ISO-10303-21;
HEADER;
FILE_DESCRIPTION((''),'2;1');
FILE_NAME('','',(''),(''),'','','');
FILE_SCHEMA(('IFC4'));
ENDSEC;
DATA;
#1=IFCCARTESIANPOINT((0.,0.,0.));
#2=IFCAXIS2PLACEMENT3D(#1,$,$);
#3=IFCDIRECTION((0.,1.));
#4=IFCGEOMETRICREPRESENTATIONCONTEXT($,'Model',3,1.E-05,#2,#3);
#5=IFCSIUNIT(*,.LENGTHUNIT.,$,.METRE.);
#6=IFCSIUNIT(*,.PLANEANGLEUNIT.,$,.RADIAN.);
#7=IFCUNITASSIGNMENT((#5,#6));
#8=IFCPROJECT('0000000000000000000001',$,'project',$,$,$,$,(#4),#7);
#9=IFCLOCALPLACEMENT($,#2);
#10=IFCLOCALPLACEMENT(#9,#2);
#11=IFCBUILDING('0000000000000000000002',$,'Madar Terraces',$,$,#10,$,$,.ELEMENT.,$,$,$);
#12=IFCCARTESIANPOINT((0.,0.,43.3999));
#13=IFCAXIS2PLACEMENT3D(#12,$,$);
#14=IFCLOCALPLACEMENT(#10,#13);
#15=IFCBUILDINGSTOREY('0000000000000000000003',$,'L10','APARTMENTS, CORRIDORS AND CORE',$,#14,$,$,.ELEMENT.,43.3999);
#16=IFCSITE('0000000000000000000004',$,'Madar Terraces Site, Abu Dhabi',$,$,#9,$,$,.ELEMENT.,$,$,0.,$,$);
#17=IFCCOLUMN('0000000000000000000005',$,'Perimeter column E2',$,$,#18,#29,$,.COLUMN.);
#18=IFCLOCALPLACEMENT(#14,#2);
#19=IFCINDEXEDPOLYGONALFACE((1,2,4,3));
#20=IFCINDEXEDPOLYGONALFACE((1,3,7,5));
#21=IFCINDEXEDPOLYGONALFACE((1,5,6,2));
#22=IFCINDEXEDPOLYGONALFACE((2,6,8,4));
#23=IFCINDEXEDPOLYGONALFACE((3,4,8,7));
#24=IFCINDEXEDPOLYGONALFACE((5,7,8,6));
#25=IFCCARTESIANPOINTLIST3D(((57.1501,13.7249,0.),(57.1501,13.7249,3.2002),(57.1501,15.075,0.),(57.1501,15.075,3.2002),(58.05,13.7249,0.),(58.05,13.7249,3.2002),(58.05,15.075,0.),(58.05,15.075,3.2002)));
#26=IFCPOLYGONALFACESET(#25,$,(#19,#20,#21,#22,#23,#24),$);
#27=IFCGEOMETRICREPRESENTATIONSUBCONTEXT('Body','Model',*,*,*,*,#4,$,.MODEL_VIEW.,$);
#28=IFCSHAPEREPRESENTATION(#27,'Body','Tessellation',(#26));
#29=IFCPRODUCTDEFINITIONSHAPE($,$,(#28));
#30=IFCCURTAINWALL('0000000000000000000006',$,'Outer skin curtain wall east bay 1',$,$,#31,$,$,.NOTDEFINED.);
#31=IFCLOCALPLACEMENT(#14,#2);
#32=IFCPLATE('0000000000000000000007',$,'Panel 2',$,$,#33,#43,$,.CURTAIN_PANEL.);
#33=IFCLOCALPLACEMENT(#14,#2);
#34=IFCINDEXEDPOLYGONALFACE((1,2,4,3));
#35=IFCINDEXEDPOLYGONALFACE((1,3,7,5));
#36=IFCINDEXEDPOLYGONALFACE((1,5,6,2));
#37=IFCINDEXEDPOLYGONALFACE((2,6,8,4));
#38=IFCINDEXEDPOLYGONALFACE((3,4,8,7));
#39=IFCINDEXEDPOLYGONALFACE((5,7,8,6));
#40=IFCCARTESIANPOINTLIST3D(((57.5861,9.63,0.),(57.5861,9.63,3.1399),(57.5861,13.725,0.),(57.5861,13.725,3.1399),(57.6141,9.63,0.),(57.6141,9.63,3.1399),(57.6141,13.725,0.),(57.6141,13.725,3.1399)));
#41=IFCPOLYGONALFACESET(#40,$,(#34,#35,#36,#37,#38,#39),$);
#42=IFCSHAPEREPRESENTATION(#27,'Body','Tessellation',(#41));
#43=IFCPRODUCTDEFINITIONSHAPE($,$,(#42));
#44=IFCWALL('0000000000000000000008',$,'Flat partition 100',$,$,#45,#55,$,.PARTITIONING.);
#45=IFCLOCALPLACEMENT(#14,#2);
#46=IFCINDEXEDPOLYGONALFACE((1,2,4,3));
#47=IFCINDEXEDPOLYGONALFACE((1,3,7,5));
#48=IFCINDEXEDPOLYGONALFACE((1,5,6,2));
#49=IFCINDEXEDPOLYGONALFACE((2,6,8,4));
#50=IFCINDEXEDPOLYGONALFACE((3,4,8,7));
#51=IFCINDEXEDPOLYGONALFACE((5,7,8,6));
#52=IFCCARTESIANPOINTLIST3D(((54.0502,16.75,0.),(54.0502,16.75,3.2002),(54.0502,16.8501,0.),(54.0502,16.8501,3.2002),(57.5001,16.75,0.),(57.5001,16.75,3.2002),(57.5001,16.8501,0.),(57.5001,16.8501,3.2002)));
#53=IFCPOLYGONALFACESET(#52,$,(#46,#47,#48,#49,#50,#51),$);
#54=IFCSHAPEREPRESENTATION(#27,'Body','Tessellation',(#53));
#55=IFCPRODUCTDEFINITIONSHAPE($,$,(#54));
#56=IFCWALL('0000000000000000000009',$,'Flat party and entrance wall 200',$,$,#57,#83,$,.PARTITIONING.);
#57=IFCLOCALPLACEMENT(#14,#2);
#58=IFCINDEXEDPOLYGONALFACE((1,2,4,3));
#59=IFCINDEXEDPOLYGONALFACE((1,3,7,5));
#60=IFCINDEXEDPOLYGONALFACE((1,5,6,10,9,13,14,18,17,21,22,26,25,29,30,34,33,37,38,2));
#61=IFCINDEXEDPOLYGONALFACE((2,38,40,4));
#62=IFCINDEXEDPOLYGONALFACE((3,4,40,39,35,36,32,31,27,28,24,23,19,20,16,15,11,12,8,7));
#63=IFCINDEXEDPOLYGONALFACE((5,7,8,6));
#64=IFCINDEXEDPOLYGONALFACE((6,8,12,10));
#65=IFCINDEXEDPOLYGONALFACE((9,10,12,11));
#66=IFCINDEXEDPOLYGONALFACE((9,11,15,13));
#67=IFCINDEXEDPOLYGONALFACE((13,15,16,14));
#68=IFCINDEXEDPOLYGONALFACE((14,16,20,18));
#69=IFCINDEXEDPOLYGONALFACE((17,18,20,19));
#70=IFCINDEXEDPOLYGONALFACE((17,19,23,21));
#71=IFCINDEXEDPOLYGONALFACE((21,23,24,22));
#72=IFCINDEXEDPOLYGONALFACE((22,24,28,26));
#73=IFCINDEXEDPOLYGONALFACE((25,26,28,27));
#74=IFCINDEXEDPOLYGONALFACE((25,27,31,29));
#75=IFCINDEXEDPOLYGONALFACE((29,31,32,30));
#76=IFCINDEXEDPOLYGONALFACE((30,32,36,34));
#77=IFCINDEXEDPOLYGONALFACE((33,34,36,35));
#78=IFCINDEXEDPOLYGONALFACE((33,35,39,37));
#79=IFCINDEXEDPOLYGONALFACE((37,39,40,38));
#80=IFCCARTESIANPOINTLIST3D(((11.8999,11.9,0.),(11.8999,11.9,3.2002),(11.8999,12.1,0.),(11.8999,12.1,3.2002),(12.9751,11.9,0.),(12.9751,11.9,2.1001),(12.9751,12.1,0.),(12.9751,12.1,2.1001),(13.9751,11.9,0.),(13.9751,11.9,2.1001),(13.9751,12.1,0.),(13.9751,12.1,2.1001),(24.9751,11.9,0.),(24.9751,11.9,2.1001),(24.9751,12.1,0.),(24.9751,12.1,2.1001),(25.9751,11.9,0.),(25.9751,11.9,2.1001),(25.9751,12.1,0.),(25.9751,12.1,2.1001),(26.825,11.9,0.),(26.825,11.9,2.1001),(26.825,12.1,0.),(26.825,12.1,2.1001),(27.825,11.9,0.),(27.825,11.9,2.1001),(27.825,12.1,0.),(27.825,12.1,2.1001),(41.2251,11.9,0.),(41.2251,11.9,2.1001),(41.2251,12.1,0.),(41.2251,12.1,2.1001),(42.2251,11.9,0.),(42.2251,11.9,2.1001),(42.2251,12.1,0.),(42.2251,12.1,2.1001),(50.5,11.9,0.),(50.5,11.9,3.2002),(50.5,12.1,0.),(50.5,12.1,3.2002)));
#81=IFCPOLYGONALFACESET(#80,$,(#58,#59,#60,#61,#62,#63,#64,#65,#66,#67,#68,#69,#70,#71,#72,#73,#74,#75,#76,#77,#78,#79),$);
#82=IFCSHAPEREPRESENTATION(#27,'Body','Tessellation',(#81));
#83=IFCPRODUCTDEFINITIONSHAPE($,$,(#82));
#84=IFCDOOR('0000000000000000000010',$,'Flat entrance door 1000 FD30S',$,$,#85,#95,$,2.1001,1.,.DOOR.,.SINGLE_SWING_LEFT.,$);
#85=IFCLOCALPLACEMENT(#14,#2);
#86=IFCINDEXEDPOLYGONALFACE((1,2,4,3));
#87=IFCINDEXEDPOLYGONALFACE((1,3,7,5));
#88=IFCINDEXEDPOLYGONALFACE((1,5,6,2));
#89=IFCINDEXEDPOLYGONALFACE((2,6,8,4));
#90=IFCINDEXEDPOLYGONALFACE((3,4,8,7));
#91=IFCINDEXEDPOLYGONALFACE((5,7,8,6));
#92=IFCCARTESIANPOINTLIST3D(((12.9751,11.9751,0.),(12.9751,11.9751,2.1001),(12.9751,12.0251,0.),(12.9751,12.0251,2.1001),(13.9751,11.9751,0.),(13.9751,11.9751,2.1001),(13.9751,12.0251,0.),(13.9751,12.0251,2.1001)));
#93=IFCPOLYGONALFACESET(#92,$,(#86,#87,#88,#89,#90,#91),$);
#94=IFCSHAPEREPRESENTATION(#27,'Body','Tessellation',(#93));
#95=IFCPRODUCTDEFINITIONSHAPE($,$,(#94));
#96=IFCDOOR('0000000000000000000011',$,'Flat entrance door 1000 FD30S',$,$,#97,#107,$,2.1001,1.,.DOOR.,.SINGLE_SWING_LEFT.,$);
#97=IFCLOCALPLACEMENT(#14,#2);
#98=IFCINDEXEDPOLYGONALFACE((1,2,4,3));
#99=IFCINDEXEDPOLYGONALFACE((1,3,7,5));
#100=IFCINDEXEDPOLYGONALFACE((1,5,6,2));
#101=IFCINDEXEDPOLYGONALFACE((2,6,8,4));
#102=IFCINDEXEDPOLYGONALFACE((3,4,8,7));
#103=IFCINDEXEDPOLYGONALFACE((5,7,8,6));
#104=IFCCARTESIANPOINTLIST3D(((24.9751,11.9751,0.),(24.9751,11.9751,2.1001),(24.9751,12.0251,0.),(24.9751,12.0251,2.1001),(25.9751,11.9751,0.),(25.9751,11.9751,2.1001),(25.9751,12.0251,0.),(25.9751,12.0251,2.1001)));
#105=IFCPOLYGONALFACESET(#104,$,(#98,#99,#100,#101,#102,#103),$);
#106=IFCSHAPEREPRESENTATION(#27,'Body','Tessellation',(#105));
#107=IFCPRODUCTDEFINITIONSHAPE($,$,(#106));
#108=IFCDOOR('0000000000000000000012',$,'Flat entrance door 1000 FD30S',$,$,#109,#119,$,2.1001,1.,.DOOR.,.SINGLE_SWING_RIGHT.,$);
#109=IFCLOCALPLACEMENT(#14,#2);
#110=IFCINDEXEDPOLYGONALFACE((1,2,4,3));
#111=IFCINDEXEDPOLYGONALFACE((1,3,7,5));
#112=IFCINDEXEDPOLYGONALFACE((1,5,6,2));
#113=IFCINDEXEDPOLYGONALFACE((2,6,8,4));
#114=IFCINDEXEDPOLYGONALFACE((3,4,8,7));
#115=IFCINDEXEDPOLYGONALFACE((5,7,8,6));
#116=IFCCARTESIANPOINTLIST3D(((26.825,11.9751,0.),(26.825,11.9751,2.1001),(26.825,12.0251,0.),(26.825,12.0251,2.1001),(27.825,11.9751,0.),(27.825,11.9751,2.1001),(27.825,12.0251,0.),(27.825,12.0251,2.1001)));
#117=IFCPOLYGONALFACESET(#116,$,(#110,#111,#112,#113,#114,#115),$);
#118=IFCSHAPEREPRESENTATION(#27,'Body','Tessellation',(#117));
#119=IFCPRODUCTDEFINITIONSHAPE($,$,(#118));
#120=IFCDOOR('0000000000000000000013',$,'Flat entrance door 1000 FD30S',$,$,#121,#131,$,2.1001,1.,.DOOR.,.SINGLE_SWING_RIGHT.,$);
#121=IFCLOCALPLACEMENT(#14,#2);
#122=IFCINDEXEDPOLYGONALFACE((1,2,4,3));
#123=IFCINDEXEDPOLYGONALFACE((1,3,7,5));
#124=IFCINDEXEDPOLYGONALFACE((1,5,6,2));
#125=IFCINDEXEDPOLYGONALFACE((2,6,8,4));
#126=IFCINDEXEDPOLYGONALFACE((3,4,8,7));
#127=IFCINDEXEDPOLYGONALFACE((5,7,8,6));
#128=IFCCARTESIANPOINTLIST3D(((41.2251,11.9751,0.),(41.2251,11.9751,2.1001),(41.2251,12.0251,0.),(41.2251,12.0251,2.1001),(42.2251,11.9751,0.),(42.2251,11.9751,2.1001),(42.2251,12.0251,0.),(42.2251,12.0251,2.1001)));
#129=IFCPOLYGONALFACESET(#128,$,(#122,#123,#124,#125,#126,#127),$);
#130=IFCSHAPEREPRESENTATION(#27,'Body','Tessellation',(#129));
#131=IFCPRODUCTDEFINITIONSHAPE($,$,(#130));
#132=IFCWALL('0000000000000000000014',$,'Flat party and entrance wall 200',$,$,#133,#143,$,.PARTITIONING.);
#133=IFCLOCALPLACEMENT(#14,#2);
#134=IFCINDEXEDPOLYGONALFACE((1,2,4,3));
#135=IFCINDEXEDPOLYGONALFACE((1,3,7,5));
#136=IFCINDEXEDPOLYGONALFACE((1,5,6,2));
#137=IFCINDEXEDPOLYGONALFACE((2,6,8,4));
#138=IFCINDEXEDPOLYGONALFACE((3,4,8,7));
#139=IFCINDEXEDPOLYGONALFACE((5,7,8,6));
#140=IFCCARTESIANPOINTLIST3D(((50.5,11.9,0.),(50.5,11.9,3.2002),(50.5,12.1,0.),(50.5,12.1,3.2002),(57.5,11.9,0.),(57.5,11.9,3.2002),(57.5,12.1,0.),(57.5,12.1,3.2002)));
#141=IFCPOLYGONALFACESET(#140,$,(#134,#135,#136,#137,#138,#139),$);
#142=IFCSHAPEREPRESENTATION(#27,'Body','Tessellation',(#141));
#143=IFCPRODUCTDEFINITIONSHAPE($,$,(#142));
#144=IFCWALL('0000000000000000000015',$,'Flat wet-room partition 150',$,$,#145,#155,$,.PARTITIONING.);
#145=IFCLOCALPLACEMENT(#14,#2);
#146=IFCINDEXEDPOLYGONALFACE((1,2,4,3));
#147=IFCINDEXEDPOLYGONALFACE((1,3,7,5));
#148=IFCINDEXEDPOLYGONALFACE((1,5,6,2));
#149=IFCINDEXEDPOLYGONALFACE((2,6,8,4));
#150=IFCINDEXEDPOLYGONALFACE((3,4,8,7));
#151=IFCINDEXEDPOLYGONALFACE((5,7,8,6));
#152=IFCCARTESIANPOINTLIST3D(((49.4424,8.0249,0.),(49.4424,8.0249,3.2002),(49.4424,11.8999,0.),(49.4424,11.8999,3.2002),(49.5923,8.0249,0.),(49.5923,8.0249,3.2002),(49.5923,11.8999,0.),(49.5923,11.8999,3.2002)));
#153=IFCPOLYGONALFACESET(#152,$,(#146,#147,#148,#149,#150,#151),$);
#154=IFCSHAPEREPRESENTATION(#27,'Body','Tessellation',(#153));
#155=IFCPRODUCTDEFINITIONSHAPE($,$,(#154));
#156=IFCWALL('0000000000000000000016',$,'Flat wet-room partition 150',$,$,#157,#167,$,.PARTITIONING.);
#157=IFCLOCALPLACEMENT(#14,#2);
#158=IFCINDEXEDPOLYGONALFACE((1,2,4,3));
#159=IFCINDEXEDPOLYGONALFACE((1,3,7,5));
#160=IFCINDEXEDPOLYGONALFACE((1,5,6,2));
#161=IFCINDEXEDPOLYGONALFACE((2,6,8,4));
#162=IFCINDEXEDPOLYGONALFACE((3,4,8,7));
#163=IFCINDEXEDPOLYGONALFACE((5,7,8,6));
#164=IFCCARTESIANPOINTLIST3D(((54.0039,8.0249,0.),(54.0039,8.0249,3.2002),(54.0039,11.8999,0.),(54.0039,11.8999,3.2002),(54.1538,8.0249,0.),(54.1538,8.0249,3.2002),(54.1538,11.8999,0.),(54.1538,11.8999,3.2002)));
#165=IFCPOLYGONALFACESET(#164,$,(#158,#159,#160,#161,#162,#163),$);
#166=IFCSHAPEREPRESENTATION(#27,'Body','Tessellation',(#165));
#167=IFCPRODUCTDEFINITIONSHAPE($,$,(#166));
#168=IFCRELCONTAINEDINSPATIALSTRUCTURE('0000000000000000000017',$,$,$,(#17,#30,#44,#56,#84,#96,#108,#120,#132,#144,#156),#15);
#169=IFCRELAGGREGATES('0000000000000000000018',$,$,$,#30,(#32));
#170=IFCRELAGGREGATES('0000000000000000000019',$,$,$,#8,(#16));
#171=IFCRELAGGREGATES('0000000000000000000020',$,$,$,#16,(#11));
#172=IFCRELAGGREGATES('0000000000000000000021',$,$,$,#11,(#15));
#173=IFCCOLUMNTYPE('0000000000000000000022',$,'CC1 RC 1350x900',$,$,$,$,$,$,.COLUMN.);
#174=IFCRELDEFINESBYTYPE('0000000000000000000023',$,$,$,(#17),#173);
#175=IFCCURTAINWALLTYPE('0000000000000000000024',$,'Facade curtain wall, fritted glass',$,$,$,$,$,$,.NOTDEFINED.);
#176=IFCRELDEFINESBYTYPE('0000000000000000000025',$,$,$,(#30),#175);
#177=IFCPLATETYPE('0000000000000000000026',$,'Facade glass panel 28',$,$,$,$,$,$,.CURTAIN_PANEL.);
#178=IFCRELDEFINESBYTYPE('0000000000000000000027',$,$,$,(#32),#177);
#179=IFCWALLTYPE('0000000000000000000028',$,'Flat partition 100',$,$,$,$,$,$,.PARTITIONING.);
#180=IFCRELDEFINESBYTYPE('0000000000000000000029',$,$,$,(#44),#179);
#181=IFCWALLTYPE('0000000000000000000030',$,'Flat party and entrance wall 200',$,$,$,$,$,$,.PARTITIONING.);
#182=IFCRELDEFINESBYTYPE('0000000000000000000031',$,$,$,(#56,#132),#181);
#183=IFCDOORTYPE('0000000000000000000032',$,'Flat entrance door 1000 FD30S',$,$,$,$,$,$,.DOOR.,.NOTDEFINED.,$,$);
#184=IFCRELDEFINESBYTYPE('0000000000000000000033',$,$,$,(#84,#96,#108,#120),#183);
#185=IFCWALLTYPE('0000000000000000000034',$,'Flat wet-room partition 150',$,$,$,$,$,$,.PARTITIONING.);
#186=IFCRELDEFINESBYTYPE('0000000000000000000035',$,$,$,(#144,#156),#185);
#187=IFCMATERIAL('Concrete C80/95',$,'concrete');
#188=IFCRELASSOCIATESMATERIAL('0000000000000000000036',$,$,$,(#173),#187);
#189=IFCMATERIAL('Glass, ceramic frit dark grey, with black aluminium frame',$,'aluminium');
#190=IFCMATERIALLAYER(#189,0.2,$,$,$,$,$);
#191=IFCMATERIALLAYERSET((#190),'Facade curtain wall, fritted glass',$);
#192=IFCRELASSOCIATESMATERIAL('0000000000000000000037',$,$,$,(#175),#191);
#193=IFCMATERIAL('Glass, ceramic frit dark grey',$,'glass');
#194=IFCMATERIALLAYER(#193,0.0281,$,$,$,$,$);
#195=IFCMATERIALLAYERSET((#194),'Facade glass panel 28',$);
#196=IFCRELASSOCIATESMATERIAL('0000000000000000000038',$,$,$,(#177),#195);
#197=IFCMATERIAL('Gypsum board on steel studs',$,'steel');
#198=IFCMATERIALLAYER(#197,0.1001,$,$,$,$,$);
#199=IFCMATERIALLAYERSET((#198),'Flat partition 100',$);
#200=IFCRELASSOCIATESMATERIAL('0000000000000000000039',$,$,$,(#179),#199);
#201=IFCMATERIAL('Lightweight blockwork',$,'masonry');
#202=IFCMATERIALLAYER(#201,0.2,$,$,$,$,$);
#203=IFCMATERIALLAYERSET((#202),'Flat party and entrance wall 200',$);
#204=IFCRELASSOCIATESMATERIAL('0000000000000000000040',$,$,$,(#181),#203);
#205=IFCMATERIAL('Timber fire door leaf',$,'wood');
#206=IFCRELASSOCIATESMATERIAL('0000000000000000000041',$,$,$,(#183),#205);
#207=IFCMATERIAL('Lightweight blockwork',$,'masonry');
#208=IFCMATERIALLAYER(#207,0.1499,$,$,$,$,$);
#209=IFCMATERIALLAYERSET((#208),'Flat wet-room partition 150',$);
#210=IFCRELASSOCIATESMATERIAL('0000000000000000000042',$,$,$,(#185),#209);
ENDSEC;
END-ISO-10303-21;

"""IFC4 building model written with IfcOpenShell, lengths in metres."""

from ifc_helpers import new_model, si_unit, direction, frame, frame_2d, origin, origin_2d, place, context, subcontext, project, spatial, rectangle, extrude, material, layer, layer_set, material_profile, profile_set, type_object, element, fill, aggregate, save


model = new_model("IFC4")

# Units and contexts
model_context = context("Model", 3, precision=1e-05, world=origin(), true_north=direction((0.0, 1.0)))
body_context = subcontext(model_context, "Body", "Model", "MODEL_VIEW")
ifc_project = project(units=[si_unit("LENGTHUNIT", "METRE"), si_unit("PLANEANGLEUNIT", "RADIAN")], contexts=[model_context])

# Site, building, storey
site_placement = place(None, origin())
site = spatial("IfcSite", under=ifc_project, at=site_placement, Name="Madar Terraces Site, Abu Dhabi", CompositionType="ELEMENT", RefElevation=0.0)
building_placement = place(site_placement, origin())
building = spatial("IfcBuilding", under=site, at=building_placement, Name="Madar Terraces", CompositionType="ELEMENT")
storey_placement = place(building_placement, frame((0.0, 0.0, 43.3999)))
storey = spatial("IfcBuildingStorey", under=building, at=storey_placement, Name="L10", Description="APARTMENTS, CORRIDORS AND CORE", CompositionType="ELEMENT", Elevation=43.3999)

# Column
ifc_material_1 = material(Name="Concrete C80/95", Category="concrete")
ifc_material_profile = material_profile(ifc_material_1, rectangle(XDim=1.3501, YDim=0.8999, at=origin_2d()), Name="CC1 RC 1350x900")
ifc_profile_set = profile_set([ifc_material_profile], Name="Concrete C80/95")
column_type = type_object("IfcColumnType", Name="CC1 RC 1350x900", PredefinedType="COLUMN", material=ifc_profile_set)
column_placement = place(storey_placement, frame((57.6001, 14.3999, 0.0), z_axis=(0.0, 0.0, 1.0), x_axis=(0.0, 1.0, 0.0)))
element("IfcColumn", 1, at=column_placement, inside=storey, type_object=column_type, Name="Perimeter column E2", PredefinedType="COLUMN", context=body_context, shape_type="SweptSolid", body=[
    extrude(rectangle(XDim=1.3501, YDim=0.8999, at=origin_2d()), origin(), (0.0, 0.0, 1.0), 3.2002),
])

# Curtain wall, plate
ifc_material_2 = material(Name="Glass, ceramic frit dark grey, with black aluminium frame", Category="aluminium")
ifc_layer_1 = layer(ifc_material_2, 0.2)
ifc_layer_set_1 = layer_set([ifc_layer_1], Name="Facade curtain wall, fritted glass")
curtain_wall_type = type_object("IfcCurtainWallType", Name="Facade curtain wall, fritted glass", PredefinedType="NOTDEFINED", material=ifc_layer_set_1)
curtain_wall_placement = place(storey_placement, origin())
curtain_wall = element("IfcCurtainWall", 2, at=curtain_wall_placement, inside=storey, type_object=curtain_wall_type, Name="Outer skin curtain wall east bay 1", PredefinedType="NOTDEFINED")
ifc_material_3 = material(Name="Glass, ceramic frit dark grey", Category="glass")
ifc_layer_2 = layer(ifc_material_3, 0.0281)
ifc_layer_set_2 = layer_set([ifc_layer_2], Name="Facade glass panel 28")
plate_type = type_object("IfcPlateType", Name="Facade glass panel 28", PredefinedType="CURTAIN_PANEL", material=ifc_layer_set_2)
plate_placement = place(storey_placement, frame((57.6001, 11.6775, 0.0), z_axis=(0.0, 0.0, 1.0), x_axis=(0.0, 1.0, 0.0)))
plate = element("IfcPlate", 3, at=plate_placement, type_object=plate_type, Name="Panel 2", PredefinedType="CURTAIN_PANEL", context=body_context, shape_type="SweptSolid", body=[
    extrude(rectangle(XDim=4.095, YDim=0.0281, at=origin_2d()), origin(), (0.0, 0.0, 1.0), 3.1399),
])
aggregate(curtain_wall, [plate])

# Wall
ifc_material_4 = material(Name="Gypsum board on steel studs", Category="steel")
ifc_layer_3 = layer(ifc_material_4, 0.1001)
ifc_layer_set_3 = layer_set([ifc_layer_3], Name="Flat partition 100")
wall_type_1 = type_object("IfcWallType", Name="Flat partition 100", PredefinedType="PARTITIONING", material=ifc_layer_set_3)
wall_1_placement = place(storey_placement, frame((54.05, 16.8, 0.0), z_axis=(0.0, 0.0, 1.0), x_axis=(1.0, 0.0, 0.0)))
element("IfcWall", 4, at=wall_1_placement, inside=storey, type_object=wall_type_1, Name="Flat partition 100", PredefinedType="PARTITIONING", context=body_context, shape_type="SweptSolid", body=[
    extrude(rectangle(XDim=3.45, YDim=0.1001, at=frame_2d((1.7251, 0.0))), origin(), (0.0, 0.0, 1.0), 3.2002),
])

# Wall, openings, doors
ifc_material_5 = material(Name="Lightweight blockwork", Category="masonry")
ifc_layer_4 = layer(ifc_material_5, 0.2)
ifc_layer_set_4 = layer_set([ifc_layer_4], Name="Flat party and entrance wall 200")
wall_type_2 = type_object("IfcWallType", Name="Flat party and entrance wall 200", PredefinedType="PARTITIONING", material=ifc_layer_set_4)
wall_2_placement = place(storey_placement, frame((50.5, 12.0, 0.0), z_axis=(0.0, 0.0, 1.0), x_axis=(-1.0, 0.0, 0.0)))
wall_2 = element("IfcWall", 5, at=wall_2_placement, inside=storey, type_object=wall_type_2, Name="Flat party and entrance wall 200", PredefinedType="PARTITIONING", context=body_context, shape_type="SweptSolid", body=[
    extrude(rectangle(XDim=38.6001, YDim=0.2, at=frame_2d((19.3, 0.0))), origin(), (0.0, 0.0, 1.0), 3.2002),
])
opening_1_placement = place(wall_2_placement, frame((36.5249, 0.0, 0.0)))
opening_1 = element("IfcOpeningElement", 6, at=opening_1_placement, cuts=wall_2, PredefinedType="OPENING", context=body_context, shape_type="SweptSolid", body=[
    extrude(rectangle(XDim=1.0, YDim=2.1001, at=frame_2d((0.5, 1.05))), frame((0.0, 0.1099, 0.0), z_axis=(0.0, -1.0, 0.0), x_axis=(1.0, 0.0, 0.0)), (0.0, 0.0, 1.0), 0.22),
])
opening_2_placement = place(wall_2_placement, frame((24.5249, 0.0, 0.0)))
opening_2 = element("IfcOpeningElement", 7, at=opening_2_placement, cuts=wall_2, PredefinedType="OPENING", context=body_context, shape_type="SweptSolid", body=[
    extrude(rectangle(XDim=1.0, YDim=2.1001, at=frame_2d((0.5, 1.05))), frame((0.0, 0.1099, 0.0), z_axis=(0.0, -1.0, 0.0), x_axis=(1.0, 0.0, 0.0)), (0.0, 0.0, 1.0), 0.22),
])
opening_3_placement = place(wall_2_placement, frame((22.675, 0.0, 0.0)))
opening_3 = element("IfcOpeningElement", 8, at=opening_3_placement, cuts=wall_2, PredefinedType="OPENING", context=body_context, shape_type="SweptSolid", body=[
    extrude(rectangle(XDim=1.0, YDim=2.1001, at=frame_2d((0.5, 1.05))), frame((0.0, 0.1099, 0.0), z_axis=(0.0, -1.0, 0.0), x_axis=(1.0, 0.0, 0.0)), (0.0, 0.0, 1.0), 0.22),
])
opening_4_placement = place(wall_2_placement, frame((8.2749, 0.0, 0.0)))
opening_4 = element("IfcOpeningElement", 9, at=opening_4_placement, cuts=wall_2, PredefinedType="OPENING", context=body_context, shape_type="SweptSolid", body=[
    extrude(rectangle(XDim=1.0, YDim=2.1001, at=frame_2d((0.5, 1.05))), frame((0.0, 0.1099, 0.0), z_axis=(0.0, -1.0, 0.0), x_axis=(1.0, 0.0, 0.0)), (0.0, 0.0, 1.0), 0.22),
])
ifc_material_6 = material(Name="Timber fire door leaf", Category="wood")
door_type_1 = type_object("IfcDoorType", Name="Flat entrance door 1000 FD30S", OperationType="NOTDEFINED", PredefinedType="DOOR", material=ifc_material_6)
door_1_placement = place(opening_1_placement, origin())
door_1 = element("IfcDoor", 10, at=door_1_placement, inside=storey, type_object=door_type_1, Name="Flat entrance door 1000 FD30S", OperationType="SINGLE_SWING_LEFT", OverallHeight=2.1001, OverallWidth=1.0, PredefinedType="DOOR", context=body_context, shape_type="SweptSolid", body=[
    extrude(rectangle(XDim=1.0, YDim=2.1001, at=frame_2d((0.5, 1.05))), frame((0.0, 0.0249, 0.0), z_axis=(0.0, -1.0, 0.0), x_axis=(1.0, 0.0, 0.0)), (0.0, 0.0, 1.0), 0.05),
])
fill(opening_1, door_1)
door_2_placement = place(opening_2_placement, origin())
door_2 = element("IfcDoor", 11, at=door_2_placement, inside=storey, type_object=door_type_1, Name="Flat entrance door 1000 FD30S", OperationType="SINGLE_SWING_LEFT", OverallHeight=2.1001, OverallWidth=1.0, PredefinedType="DOOR", context=body_context, shape_type="SweptSolid", body=[
    extrude(rectangle(XDim=1.0, YDim=2.1001, at=frame_2d((0.5, 1.05))), frame((0.0, 0.0249, 0.0), z_axis=(0.0, -1.0, 0.0), x_axis=(1.0, 0.0, 0.0)), (0.0, 0.0, 1.0), 0.05),
])
fill(opening_2, door_2)
door_3_placement = place(opening_3_placement, origin())
door_3 = element("IfcDoor", 12, at=door_3_placement, inside=storey, type_object=door_type_1, Name="Flat entrance door 1000 FD30S", OperationType="SINGLE_SWING_RIGHT", OverallHeight=2.1001, OverallWidth=1.0, PredefinedType="DOOR", context=body_context, shape_type="SweptSolid", body=[
    extrude(rectangle(XDim=1.0, YDim=2.1001, at=frame_2d((0.5, 1.05))), frame((0.0, 0.0249, 0.0), z_axis=(0.0, -1.0, 0.0), x_axis=(1.0, 0.0, 0.0)), (0.0, 0.0, 1.0), 0.05),
])
fill(opening_3, door_3)
door_4_placement = place(opening_4_placement, origin())
door_4 = element("IfcDoor", 13, at=door_4_placement, inside=storey, type_object=door_type_1, Name="Flat entrance door 1000 FD30S", OperationType="SINGLE_SWING_RIGHT", OverallHeight=2.1001, OverallWidth=1.0, PredefinedType="DOOR", context=body_context, shape_type="SweptSolid", body=[
    extrude(rectangle(XDim=1.0, YDim=2.1001, at=frame_2d((0.5, 1.05))), frame((0.0, 0.0249, 0.0), z_axis=(0.0, -1.0, 0.0), x_axis=(1.0, 0.0, 0.0)), (0.0, 0.0, 1.0), 0.05),
])
fill(opening_4, door_4)

# Walls
wall_3_placement = place(storey_placement, frame((50.5, 12.0, 0.0), z_axis=(0.0, 0.0, 1.0), x_axis=(1.0, 0.0, 0.0)))
element("IfcWall", 14, at=wall_3_placement, inside=storey, type_object=wall_type_2, Name="Flat party and entrance wall 200", PredefinedType="PARTITIONING", context=body_context, shape_type="SweptSolid", body=[
    extrude(rectangle(XDim=7.0, YDim=0.2, at=frame_2d((3.5, 0.0))), origin(), (0.0, 0.0, 1.0), 3.2002),
])
ifc_material_7 = material(Name="Lightweight blockwork", Category="masonry")
ifc_layer_5 = layer(ifc_material_7, 0.1499)
ifc_layer_set_5 = layer_set([ifc_layer_5], Name="Flat wet-room partition 150")
wall_type_3 = type_object("IfcWallType", Name="Flat wet-room partition 150", PredefinedType="PARTITIONING", material=ifc_layer_set_5)
for number, where, z_axis, x_axis, name in (
    (15, (49.5173, 11.8999, 0.0), (0.0, 0.0, 1.0), (0.0, -1.0, 0.0), "Flat wet-room partition 150"),
    (16, (54.0789, 11.8999, 0.0), (0.0, 0.0, 1.0), (0.0, -1.0, 0.0), "Flat wet-room partition 150"),
):
    element("IfcWall", number, at=place(storey_placement, frame(where, z_axis=z_axis, x_axis=x_axis)), inside=storey, type_object=wall_type_3, Name=name, PredefinedType="PARTITIONING", context=body_context, shape_type="SweptSolid", body=[
        extrude(rectangle(XDim=3.875, YDim=0.1499, at=frame_2d((1.9375, 0.0))), origin(), (0.0, 0.0, 1.0), 3.2002),
    ])

save(model, "model.ifc")
